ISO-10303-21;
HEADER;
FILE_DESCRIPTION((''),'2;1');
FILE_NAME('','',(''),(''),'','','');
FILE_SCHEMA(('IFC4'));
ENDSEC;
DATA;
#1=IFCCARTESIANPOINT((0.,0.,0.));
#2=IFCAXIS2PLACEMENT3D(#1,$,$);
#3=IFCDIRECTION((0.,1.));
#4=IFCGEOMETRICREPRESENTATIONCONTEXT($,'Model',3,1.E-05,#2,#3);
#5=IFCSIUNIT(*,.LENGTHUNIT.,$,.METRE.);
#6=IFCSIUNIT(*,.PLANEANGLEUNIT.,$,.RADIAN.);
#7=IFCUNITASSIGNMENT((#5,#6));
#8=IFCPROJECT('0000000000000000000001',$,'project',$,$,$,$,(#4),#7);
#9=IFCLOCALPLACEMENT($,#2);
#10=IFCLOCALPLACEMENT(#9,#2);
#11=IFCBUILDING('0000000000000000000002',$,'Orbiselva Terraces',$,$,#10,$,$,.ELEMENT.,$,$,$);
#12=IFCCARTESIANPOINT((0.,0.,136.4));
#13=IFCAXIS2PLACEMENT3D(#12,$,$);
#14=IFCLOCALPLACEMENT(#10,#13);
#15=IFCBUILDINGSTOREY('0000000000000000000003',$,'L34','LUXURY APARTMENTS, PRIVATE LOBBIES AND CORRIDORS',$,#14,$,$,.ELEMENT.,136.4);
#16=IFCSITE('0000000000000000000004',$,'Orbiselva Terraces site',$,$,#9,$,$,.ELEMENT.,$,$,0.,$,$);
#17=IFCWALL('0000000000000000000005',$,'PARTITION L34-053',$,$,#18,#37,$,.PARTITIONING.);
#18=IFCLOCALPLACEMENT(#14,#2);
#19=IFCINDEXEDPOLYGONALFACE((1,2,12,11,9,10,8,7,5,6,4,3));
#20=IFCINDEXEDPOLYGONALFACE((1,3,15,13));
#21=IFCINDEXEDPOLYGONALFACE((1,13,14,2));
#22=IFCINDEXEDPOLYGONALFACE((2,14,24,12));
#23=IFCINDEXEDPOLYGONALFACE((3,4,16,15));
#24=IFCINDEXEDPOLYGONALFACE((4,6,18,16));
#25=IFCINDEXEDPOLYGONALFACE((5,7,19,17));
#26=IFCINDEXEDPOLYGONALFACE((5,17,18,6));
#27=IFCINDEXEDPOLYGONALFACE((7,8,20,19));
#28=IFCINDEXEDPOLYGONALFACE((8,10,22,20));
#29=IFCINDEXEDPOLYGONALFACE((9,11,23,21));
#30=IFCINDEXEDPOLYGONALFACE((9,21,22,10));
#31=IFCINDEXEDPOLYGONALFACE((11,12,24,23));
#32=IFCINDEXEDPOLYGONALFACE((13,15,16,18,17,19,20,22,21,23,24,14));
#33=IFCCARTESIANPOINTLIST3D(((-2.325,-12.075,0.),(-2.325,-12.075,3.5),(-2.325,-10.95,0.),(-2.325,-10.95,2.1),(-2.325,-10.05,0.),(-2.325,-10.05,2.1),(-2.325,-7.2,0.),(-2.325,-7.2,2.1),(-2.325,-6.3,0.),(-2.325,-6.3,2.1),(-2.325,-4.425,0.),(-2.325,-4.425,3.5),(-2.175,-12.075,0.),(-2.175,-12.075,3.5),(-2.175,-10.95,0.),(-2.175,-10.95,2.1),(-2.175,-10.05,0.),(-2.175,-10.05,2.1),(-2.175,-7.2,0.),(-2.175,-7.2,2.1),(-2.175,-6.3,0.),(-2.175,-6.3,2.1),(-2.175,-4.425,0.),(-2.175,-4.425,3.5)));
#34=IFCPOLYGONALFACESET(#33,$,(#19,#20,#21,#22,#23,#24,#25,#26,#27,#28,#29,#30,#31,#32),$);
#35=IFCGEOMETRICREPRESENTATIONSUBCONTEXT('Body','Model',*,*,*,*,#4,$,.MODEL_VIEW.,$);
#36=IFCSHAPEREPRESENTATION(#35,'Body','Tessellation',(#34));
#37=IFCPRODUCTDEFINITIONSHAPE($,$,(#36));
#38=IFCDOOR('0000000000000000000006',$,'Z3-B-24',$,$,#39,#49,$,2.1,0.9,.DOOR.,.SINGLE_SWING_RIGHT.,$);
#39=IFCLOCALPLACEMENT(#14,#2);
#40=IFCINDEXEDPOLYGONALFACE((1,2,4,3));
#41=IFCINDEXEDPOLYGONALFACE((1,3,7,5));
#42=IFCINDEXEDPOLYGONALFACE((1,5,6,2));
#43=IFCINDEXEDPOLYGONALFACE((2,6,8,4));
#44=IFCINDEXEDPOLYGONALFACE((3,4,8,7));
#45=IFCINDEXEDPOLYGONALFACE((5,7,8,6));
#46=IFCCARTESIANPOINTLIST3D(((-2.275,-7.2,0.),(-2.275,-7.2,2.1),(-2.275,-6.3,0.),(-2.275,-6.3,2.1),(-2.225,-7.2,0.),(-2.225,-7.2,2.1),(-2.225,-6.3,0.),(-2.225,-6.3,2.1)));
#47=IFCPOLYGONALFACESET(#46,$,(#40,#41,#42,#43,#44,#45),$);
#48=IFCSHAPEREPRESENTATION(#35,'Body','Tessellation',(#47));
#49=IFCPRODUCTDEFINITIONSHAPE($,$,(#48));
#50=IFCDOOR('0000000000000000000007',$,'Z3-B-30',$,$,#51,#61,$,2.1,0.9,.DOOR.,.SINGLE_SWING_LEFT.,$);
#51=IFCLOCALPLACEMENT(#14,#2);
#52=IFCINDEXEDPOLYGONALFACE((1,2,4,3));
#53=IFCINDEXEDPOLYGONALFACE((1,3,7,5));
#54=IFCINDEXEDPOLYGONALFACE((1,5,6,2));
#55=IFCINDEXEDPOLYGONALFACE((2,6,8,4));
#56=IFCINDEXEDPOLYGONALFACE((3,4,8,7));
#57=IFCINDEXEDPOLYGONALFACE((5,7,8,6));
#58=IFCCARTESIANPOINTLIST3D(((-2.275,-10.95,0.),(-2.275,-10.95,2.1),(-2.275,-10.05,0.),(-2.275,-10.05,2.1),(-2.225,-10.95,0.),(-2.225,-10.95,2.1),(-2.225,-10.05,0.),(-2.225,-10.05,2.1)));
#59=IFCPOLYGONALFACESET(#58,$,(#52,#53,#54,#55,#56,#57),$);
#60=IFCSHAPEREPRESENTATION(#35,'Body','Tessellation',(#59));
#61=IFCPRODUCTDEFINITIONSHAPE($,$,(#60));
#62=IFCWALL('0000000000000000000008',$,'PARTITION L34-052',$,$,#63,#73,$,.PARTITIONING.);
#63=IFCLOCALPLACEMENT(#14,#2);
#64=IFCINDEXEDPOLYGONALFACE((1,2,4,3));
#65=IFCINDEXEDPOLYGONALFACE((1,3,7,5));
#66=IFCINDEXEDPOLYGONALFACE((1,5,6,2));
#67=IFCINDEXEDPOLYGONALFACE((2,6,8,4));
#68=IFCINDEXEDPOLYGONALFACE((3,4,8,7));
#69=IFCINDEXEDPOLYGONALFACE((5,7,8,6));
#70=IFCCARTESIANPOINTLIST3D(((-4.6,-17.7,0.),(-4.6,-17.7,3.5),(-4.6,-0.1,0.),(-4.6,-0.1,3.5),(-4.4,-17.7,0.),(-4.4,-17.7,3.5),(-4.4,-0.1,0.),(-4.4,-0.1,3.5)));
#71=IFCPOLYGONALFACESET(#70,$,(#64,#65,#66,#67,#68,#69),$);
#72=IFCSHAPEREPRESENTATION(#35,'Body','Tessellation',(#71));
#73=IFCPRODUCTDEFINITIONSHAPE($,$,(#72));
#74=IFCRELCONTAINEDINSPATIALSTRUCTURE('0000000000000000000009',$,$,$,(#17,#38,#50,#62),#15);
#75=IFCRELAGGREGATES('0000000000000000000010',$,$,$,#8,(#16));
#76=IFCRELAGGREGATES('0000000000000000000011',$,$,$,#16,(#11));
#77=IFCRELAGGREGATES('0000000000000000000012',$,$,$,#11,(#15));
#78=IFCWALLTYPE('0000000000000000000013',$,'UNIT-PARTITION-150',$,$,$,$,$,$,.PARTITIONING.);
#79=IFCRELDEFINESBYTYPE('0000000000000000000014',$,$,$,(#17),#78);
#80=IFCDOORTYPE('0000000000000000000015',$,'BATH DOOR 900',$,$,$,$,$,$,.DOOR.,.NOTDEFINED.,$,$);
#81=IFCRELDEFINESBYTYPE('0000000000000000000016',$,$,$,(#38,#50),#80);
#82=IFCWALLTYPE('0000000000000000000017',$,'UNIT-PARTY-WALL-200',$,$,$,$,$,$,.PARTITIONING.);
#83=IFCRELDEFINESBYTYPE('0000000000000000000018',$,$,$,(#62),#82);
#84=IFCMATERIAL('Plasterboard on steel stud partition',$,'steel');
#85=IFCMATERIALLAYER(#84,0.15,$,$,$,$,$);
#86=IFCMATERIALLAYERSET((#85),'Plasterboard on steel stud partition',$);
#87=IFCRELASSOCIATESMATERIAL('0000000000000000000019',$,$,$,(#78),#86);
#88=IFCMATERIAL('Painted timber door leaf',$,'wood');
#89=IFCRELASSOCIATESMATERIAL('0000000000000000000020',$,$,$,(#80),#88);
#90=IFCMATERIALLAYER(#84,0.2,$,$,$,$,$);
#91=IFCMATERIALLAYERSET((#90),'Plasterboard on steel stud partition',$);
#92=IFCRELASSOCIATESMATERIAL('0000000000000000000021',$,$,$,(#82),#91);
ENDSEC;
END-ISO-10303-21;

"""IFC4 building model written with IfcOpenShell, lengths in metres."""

from ifc_helpers import new_model, si_unit, direction, frame, frame_2d, origin, place, context, subcontext, project, spatial, rectangle, extrude, material, layer, layer_set, type_object, element, fill, save


model = new_model("IFC4")

# Units and contexts
model_context = context("Model", 3, precision=1e-05, world=origin(), true_north=direction((0.0, 1.0)))
body_context = subcontext(model_context, "Body", "Model", "MODEL_VIEW")
ifc_project = project(units=[si_unit("LENGTHUNIT", "METRE"), si_unit("PLANEANGLEUNIT", "RADIAN")], contexts=[model_context])

# Site, building, storey
site_placement = place(None, origin())
site = spatial("IfcSite", under=ifc_project, at=site_placement, Name="Orbiselva Terraces site", CompositionType="ELEMENT", RefElevation=0.0)
building_placement = place(site_placement, origin())
building = spatial("IfcBuilding", under=site, at=building_placement, Name="Orbiselva Terraces", CompositionType="ELEMENT")
storey_placement = place(building_placement, frame((0.0, 0.0, 136.4)))
storey = spatial("IfcBuildingStorey", under=building, at=storey_placement, Name="L34", Description="LUXURY APARTMENTS, PRIVATE LOBBIES AND CORRIDORS", CompositionType="ELEMENT", Elevation=136.4)

# Shared definitions
ifc_material_1 = material(Name="Plasterboard on steel stud partition", Category="steel")
ifc_layer_1 = layer(ifc_material_1, 0.15)
ifc_layer_set_1 = layer_set([ifc_layer_1], Name="Plasterboard on steel stud partition")
wall_type_1 = type_object("IfcWallType", Name="UNIT-PARTITION-150", PredefinedType="PARTITIONING", material=ifc_layer_set_1)
ifc_material_2 = material(Name="Painted timber door leaf", Category="wood")
door_type_1 = type_object("IfcDoorType", Name="BATH DOOR 900", OperationType="NOTDEFINED", PredefinedType="DOOR", material=ifc_material_2)

# Wall, openings, doors
wall_1_placement = place(storey_placement, frame((-2.25, -12.075, 0.0), z_axis=(0.0, 0.0, 1.0), x_axis=(0.0, 1.0, 0.0)))
wall_1 = element("IfcWall", 1, at=wall_1_placement, inside=storey, type_object=wall_type_1, Name="PARTITION L34-053", PredefinedType="PARTITIONING", context=body_context, shape_type="SweptSolid", body=[
    extrude(rectangle(XDim=7.65, YDim=0.15, at=frame_2d((3.825, 0.0))), origin(), (0.0, 0.0, 1.0), 3.5),
])
opening_1_placement = place(wall_1_placement, frame((4.875, 0.0, 0.0)))
opening_1 = element("IfcOpeningElement", 2, at=opening_1_placement, cuts=wall_1, PredefinedType="OPENING", context=body_context, shape_type="SweptSolid", body=[
    extrude(rectangle(XDim=0.9, YDim=2.1, at=frame_2d((0.45, 1.05))), frame((0.0, 0.085, 0.0), z_axis=(0.0, -1.0, 0.0), x_axis=(1.0, 0.0, 0.0)), (0.0, 0.0, 1.0), 0.17),
])
opening_2_placement = place(wall_1_placement, frame((1.125, 0.0, 0.0)))
opening_2 = element("IfcOpeningElement", 3, at=opening_2_placement, cuts=wall_1, PredefinedType="OPENING", context=body_context, shape_type="SweptSolid", body=[
    extrude(rectangle(XDim=0.9, YDim=2.1, at=frame_2d((0.45, 1.05))), frame((0.0, 0.085, 0.0), z_axis=(0.0, -1.0, 0.0), x_axis=(1.0, 0.0, 0.0)), (0.0, 0.0, 1.0), 0.17),
])
door_1_placement = place(opening_1_placement, origin())
door_1 = element("IfcDoor", 4, at=door_1_placement, inside=storey, type_object=door_type_1, Name="Z3-B-24", OperationType="SINGLE_SWING_RIGHT", OverallHeight=2.1, OverallWidth=0.9, PredefinedType="DOOR", context=body_context, shape_type="SweptSolid", body=[
    extrude(rectangle(XDim=0.9, YDim=2.1, at=frame_2d((0.45, 1.05))), frame((0.0, 0.025, 0.0), z_axis=(0.0, -1.0, 0.0), x_axis=(1.0, 0.0, 0.0)), (0.0, 0.0, 1.0), 0.05),
])
fill(opening_1, door_1)
door_2_placement = place(opening_2_placement, origin())
door_2 = element("IfcDoor", 5, at=door_2_placement, inside=storey, type_object=door_type_1, Name="Z3-B-30", OperationType="SINGLE_SWING_LEFT", OverallHeight=2.1, OverallWidth=0.9, PredefinedType="DOOR", context=body_context, shape_type="SweptSolid", body=[
    extrude(rectangle(XDim=0.9, YDim=2.1, at=frame_2d((0.45, 1.05))), frame((0.0, 0.025, 0.0), z_axis=(0.0, -1.0, 0.0), x_axis=(1.0, 0.0, 0.0)), (0.0, 0.0, 1.0), 0.05),
])
fill(opening_2, door_2)

# Wall
ifc_layer_2 = layer(ifc_material_1, 0.2)
ifc_layer_set_2 = layer_set([ifc_layer_2], Name="Plasterboard on steel stud partition")
wall_type_2 = type_object("IfcWallType", Name="UNIT-PARTY-WALL-200", PredefinedType="PARTITIONING", material=ifc_layer_set_2)
wall_2_placement = place(storey_placement, frame((-4.5, -17.7, 0.0), z_axis=(0.0, 0.0, 1.0), x_axis=(0.0, 1.0, 0.0)))
element("IfcWall", 6, at=wall_2_placement, inside=storey, type_object=wall_type_2, Name="PARTITION L34-052", PredefinedType="PARTITIONING", context=body_context, shape_type="SweptSolid", body=[
    extrude(rectangle(XDim=17.6, YDim=0.2, at=frame_2d((8.8, 0.0))), origin(), (0.0, 0.0, 1.0), 3.5),
])

save(model, "model.ifc")
